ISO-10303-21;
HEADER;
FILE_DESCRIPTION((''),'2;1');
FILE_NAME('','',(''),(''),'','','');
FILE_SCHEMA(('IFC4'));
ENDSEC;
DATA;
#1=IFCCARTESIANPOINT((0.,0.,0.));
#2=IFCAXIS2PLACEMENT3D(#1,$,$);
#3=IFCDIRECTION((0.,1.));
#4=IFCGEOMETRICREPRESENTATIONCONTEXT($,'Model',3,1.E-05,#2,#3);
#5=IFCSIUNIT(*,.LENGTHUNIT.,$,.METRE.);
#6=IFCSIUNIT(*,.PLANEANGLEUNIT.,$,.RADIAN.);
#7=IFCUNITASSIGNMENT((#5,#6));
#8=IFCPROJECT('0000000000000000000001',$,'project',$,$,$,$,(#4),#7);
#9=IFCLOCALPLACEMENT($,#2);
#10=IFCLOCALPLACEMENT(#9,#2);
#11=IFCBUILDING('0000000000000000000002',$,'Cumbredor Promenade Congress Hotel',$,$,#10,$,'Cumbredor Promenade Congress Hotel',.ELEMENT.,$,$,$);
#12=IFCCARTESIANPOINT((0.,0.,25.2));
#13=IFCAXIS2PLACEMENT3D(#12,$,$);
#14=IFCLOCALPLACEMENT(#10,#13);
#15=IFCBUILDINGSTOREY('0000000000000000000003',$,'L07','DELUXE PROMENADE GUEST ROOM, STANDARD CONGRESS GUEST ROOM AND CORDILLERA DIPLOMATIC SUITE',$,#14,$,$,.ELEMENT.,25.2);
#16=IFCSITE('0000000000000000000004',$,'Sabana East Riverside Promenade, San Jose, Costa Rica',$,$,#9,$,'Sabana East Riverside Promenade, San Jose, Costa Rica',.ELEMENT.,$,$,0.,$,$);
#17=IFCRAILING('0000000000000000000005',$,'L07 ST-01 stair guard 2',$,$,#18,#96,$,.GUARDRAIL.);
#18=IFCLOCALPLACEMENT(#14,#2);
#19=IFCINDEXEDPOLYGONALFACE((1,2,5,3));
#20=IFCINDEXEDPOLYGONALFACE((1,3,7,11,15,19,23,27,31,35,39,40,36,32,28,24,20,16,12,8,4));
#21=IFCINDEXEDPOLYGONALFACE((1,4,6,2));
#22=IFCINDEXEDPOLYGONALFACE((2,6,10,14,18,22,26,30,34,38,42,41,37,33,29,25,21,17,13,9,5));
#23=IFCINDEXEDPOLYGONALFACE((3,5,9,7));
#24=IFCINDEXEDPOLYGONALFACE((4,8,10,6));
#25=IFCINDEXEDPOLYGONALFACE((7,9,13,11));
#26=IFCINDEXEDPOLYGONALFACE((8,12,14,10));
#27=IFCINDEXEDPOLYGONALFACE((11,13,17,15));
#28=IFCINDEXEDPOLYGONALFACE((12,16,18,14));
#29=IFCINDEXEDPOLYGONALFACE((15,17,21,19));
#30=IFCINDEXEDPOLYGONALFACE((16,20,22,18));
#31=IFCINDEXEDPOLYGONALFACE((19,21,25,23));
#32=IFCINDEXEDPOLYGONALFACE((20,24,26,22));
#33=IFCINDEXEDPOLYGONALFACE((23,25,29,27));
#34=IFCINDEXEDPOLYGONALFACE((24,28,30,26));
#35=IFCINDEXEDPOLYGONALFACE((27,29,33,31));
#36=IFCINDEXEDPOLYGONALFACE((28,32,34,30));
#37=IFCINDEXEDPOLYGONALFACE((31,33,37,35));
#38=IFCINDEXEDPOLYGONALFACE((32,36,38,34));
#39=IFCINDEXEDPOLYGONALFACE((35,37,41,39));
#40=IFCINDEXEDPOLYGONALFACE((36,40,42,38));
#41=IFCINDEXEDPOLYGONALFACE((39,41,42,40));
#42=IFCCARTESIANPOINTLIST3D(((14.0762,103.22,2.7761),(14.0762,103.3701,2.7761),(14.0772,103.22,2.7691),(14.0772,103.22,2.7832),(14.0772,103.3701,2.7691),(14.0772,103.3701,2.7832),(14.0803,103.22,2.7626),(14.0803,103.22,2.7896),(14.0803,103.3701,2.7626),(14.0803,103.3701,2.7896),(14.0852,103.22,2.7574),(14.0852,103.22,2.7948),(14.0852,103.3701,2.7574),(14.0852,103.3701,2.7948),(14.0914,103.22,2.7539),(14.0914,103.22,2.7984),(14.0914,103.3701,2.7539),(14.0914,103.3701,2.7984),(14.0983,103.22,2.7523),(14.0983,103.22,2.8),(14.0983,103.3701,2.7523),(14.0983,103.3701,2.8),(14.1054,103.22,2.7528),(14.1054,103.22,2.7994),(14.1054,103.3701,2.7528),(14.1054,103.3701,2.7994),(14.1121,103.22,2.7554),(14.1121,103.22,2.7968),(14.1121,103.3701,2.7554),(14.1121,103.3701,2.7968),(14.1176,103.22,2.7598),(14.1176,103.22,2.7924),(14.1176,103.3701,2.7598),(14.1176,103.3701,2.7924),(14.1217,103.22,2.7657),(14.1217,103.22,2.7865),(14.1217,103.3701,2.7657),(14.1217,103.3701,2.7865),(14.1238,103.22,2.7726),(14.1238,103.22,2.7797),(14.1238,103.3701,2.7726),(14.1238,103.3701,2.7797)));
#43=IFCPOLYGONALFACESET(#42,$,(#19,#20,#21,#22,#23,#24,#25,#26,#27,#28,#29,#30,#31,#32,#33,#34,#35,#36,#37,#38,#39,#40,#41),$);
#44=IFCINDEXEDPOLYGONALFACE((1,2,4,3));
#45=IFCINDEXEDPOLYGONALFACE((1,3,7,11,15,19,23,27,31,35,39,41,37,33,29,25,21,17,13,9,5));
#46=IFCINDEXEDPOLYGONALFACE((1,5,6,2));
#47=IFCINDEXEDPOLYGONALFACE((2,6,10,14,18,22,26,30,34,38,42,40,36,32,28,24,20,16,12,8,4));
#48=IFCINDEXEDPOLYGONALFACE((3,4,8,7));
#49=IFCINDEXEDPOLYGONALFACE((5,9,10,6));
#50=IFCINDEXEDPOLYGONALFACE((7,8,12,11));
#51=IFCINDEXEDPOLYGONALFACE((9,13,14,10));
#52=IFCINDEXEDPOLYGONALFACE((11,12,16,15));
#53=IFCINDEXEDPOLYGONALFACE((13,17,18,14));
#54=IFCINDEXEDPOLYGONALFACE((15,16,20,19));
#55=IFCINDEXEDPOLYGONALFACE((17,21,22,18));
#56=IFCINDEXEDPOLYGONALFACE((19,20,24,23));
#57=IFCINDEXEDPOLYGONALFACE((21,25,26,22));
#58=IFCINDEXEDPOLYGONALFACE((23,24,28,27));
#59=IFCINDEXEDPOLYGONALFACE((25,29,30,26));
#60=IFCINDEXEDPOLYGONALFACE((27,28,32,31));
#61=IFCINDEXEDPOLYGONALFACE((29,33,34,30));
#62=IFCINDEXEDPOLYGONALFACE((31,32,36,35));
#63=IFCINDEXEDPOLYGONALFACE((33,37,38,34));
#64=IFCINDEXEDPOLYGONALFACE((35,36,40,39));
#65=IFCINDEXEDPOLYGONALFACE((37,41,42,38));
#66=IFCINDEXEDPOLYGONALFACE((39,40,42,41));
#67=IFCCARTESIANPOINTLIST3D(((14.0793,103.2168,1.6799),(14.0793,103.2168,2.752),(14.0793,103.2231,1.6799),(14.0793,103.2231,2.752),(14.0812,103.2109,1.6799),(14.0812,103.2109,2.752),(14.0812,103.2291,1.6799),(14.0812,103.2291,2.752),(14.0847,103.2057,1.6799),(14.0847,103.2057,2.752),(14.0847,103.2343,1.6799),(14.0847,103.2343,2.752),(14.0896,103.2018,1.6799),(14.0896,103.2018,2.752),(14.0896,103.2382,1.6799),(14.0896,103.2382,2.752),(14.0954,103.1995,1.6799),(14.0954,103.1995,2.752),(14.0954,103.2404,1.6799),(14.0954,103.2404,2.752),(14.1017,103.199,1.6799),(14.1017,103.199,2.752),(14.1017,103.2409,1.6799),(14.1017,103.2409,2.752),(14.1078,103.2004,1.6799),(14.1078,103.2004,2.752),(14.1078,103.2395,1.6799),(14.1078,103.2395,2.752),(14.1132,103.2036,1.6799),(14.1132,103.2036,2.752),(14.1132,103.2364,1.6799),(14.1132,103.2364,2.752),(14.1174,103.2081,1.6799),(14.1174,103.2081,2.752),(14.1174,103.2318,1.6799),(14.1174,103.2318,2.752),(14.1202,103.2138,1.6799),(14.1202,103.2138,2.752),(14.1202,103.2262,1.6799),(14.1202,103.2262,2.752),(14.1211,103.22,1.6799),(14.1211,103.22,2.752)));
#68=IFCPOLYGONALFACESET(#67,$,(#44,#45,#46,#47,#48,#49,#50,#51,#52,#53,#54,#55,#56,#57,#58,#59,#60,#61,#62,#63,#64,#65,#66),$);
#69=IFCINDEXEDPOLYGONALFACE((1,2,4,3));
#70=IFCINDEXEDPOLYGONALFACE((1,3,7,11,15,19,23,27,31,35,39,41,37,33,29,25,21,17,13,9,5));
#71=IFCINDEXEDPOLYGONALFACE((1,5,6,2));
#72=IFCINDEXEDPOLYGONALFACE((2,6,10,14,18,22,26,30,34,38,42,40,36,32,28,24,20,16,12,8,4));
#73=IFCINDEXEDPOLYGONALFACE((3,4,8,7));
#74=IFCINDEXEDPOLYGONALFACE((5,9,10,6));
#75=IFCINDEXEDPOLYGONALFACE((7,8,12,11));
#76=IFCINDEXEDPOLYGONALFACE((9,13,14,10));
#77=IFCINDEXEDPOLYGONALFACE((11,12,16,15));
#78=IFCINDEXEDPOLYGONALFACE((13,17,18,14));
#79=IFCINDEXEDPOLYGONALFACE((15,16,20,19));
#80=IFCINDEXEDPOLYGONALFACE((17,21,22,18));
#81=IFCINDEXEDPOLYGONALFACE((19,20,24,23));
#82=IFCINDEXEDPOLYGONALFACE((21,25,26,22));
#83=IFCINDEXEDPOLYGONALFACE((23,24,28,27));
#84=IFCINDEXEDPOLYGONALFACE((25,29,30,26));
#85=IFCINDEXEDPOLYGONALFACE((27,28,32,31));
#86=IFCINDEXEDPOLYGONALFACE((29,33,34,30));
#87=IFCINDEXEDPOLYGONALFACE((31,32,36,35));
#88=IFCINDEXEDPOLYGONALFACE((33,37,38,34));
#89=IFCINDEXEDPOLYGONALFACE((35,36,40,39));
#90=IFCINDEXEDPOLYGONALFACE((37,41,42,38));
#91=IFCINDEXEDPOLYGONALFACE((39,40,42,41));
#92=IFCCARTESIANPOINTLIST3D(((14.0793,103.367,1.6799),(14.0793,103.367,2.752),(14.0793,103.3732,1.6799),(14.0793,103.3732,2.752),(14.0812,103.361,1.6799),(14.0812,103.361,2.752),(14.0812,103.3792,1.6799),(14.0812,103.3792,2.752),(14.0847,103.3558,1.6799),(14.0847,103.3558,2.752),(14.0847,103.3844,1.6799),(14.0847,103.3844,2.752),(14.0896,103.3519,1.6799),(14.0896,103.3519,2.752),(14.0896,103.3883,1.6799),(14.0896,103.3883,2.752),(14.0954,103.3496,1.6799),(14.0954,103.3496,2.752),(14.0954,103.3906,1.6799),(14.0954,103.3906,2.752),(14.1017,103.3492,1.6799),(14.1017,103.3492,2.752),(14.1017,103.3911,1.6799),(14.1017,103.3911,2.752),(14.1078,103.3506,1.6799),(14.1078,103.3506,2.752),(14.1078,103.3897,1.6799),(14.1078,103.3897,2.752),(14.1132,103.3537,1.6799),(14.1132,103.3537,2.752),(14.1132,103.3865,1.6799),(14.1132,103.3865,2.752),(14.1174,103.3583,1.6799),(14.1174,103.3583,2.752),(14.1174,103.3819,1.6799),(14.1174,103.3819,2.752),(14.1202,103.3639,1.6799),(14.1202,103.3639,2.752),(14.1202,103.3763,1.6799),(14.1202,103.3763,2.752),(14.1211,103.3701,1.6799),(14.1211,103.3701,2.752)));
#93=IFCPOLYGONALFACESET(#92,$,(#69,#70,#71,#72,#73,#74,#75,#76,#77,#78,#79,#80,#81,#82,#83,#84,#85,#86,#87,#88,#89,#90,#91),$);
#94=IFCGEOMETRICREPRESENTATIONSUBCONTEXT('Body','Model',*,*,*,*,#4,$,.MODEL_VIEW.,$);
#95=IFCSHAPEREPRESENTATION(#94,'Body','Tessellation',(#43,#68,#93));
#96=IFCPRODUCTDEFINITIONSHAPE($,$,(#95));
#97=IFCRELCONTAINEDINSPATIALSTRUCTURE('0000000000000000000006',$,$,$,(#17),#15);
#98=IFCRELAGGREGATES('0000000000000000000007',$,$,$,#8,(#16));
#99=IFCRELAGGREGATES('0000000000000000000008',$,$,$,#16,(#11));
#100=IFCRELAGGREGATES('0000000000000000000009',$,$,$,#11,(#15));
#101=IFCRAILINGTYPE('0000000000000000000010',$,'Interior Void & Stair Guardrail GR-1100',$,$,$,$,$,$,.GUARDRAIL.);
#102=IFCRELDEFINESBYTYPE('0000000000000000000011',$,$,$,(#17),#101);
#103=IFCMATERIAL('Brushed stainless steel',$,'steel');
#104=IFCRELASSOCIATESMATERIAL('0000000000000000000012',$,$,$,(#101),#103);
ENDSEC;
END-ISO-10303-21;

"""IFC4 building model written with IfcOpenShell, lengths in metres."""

from ifc_helpers import new_model, si_unit, direction, frame, origin, origin_2d, place, context, subcontext, project, spatial, circle, extrude, material, type_object, element, save


model = new_model("IFC4")

# Units and contexts
model_context = context("Model", 3, precision=1e-05, world=origin(), true_north=direction((0.0, 1.0)))
body_context = subcontext(model_context, "Body", "Model", "MODEL_VIEW")
ifc_project = project(units=[si_unit("LENGTHUNIT", "METRE"), si_unit("PLANEANGLEUNIT", "RADIAN")], contexts=[model_context])

# Site, building, storey
site_placement = place(None, origin())
site = spatial("IfcSite", under=ifc_project, at=site_placement, Name="Sabana East Riverside Promenade, San Jose, Costa Rica", LongName="Sabana East Riverside Promenade, San Jose, Costa Rica", CompositionType="ELEMENT", RefElevation=0.0)
building_placement = place(site_placement, origin())
building = spatial("IfcBuilding", under=site, at=building_placement, Name="Cumbredor Promenade Congress Hotel", LongName="Cumbredor Promenade Congress Hotel", CompositionType="ELEMENT")
storey_placement = place(building_placement, frame((0.0, 0.0, 25.2)))
storey = spatial("IfcBuildingStorey", under=building, at=storey_placement, Name="L07", Description="DELUXE PROMENADE GUEST ROOM, STANDARD CONGRESS GUEST ROOM AND CORDILLERA DIPLOMATIC SUITE", CompositionType="ELEMENT", Elevation=25.2)

# Railing
ifc_material_1 = material(Name="Brushed stainless steel", Category="steel")
railing_type_1 = type_object("IfcRailingType", Name="Interior Void & Stair Guardrail GR-1100", PredefinedType="GUARDRAIL", material=ifc_material_1)
railing_1_placement = place(storey_placement, frame((14.1001, 103.22, 1.6799)))
element("IfcRailing", 1, at=railing_1_placement, inside=storey, type_object=railing_type_1, Name="L07 ST-01 stair guard 2", PredefinedType="GUARDRAIL", context=body_context, shape_type="SweptSolid", body=[
    extrude(circle(Radius=0.0239, at=origin_2d()), frame((0.0, 0.0, 1.0962), z_axis=(0.0, 1.0, 0.0), x_axis=(-1.0, 0.0, 0.0)), (0.0, 0.0, 1.0), 0.1501),
    extrude(circle(Radius=0.021, at=origin_2d()), origin(), (0.0, 0.0, 1.0), 1.072),
    extrude(circle(Radius=0.021, at=origin_2d()), frame((0.0, 0.1501, 0.0)), (0.0, 0.0, 1.0), 1.072),
])

save(model, "model.ifc")
